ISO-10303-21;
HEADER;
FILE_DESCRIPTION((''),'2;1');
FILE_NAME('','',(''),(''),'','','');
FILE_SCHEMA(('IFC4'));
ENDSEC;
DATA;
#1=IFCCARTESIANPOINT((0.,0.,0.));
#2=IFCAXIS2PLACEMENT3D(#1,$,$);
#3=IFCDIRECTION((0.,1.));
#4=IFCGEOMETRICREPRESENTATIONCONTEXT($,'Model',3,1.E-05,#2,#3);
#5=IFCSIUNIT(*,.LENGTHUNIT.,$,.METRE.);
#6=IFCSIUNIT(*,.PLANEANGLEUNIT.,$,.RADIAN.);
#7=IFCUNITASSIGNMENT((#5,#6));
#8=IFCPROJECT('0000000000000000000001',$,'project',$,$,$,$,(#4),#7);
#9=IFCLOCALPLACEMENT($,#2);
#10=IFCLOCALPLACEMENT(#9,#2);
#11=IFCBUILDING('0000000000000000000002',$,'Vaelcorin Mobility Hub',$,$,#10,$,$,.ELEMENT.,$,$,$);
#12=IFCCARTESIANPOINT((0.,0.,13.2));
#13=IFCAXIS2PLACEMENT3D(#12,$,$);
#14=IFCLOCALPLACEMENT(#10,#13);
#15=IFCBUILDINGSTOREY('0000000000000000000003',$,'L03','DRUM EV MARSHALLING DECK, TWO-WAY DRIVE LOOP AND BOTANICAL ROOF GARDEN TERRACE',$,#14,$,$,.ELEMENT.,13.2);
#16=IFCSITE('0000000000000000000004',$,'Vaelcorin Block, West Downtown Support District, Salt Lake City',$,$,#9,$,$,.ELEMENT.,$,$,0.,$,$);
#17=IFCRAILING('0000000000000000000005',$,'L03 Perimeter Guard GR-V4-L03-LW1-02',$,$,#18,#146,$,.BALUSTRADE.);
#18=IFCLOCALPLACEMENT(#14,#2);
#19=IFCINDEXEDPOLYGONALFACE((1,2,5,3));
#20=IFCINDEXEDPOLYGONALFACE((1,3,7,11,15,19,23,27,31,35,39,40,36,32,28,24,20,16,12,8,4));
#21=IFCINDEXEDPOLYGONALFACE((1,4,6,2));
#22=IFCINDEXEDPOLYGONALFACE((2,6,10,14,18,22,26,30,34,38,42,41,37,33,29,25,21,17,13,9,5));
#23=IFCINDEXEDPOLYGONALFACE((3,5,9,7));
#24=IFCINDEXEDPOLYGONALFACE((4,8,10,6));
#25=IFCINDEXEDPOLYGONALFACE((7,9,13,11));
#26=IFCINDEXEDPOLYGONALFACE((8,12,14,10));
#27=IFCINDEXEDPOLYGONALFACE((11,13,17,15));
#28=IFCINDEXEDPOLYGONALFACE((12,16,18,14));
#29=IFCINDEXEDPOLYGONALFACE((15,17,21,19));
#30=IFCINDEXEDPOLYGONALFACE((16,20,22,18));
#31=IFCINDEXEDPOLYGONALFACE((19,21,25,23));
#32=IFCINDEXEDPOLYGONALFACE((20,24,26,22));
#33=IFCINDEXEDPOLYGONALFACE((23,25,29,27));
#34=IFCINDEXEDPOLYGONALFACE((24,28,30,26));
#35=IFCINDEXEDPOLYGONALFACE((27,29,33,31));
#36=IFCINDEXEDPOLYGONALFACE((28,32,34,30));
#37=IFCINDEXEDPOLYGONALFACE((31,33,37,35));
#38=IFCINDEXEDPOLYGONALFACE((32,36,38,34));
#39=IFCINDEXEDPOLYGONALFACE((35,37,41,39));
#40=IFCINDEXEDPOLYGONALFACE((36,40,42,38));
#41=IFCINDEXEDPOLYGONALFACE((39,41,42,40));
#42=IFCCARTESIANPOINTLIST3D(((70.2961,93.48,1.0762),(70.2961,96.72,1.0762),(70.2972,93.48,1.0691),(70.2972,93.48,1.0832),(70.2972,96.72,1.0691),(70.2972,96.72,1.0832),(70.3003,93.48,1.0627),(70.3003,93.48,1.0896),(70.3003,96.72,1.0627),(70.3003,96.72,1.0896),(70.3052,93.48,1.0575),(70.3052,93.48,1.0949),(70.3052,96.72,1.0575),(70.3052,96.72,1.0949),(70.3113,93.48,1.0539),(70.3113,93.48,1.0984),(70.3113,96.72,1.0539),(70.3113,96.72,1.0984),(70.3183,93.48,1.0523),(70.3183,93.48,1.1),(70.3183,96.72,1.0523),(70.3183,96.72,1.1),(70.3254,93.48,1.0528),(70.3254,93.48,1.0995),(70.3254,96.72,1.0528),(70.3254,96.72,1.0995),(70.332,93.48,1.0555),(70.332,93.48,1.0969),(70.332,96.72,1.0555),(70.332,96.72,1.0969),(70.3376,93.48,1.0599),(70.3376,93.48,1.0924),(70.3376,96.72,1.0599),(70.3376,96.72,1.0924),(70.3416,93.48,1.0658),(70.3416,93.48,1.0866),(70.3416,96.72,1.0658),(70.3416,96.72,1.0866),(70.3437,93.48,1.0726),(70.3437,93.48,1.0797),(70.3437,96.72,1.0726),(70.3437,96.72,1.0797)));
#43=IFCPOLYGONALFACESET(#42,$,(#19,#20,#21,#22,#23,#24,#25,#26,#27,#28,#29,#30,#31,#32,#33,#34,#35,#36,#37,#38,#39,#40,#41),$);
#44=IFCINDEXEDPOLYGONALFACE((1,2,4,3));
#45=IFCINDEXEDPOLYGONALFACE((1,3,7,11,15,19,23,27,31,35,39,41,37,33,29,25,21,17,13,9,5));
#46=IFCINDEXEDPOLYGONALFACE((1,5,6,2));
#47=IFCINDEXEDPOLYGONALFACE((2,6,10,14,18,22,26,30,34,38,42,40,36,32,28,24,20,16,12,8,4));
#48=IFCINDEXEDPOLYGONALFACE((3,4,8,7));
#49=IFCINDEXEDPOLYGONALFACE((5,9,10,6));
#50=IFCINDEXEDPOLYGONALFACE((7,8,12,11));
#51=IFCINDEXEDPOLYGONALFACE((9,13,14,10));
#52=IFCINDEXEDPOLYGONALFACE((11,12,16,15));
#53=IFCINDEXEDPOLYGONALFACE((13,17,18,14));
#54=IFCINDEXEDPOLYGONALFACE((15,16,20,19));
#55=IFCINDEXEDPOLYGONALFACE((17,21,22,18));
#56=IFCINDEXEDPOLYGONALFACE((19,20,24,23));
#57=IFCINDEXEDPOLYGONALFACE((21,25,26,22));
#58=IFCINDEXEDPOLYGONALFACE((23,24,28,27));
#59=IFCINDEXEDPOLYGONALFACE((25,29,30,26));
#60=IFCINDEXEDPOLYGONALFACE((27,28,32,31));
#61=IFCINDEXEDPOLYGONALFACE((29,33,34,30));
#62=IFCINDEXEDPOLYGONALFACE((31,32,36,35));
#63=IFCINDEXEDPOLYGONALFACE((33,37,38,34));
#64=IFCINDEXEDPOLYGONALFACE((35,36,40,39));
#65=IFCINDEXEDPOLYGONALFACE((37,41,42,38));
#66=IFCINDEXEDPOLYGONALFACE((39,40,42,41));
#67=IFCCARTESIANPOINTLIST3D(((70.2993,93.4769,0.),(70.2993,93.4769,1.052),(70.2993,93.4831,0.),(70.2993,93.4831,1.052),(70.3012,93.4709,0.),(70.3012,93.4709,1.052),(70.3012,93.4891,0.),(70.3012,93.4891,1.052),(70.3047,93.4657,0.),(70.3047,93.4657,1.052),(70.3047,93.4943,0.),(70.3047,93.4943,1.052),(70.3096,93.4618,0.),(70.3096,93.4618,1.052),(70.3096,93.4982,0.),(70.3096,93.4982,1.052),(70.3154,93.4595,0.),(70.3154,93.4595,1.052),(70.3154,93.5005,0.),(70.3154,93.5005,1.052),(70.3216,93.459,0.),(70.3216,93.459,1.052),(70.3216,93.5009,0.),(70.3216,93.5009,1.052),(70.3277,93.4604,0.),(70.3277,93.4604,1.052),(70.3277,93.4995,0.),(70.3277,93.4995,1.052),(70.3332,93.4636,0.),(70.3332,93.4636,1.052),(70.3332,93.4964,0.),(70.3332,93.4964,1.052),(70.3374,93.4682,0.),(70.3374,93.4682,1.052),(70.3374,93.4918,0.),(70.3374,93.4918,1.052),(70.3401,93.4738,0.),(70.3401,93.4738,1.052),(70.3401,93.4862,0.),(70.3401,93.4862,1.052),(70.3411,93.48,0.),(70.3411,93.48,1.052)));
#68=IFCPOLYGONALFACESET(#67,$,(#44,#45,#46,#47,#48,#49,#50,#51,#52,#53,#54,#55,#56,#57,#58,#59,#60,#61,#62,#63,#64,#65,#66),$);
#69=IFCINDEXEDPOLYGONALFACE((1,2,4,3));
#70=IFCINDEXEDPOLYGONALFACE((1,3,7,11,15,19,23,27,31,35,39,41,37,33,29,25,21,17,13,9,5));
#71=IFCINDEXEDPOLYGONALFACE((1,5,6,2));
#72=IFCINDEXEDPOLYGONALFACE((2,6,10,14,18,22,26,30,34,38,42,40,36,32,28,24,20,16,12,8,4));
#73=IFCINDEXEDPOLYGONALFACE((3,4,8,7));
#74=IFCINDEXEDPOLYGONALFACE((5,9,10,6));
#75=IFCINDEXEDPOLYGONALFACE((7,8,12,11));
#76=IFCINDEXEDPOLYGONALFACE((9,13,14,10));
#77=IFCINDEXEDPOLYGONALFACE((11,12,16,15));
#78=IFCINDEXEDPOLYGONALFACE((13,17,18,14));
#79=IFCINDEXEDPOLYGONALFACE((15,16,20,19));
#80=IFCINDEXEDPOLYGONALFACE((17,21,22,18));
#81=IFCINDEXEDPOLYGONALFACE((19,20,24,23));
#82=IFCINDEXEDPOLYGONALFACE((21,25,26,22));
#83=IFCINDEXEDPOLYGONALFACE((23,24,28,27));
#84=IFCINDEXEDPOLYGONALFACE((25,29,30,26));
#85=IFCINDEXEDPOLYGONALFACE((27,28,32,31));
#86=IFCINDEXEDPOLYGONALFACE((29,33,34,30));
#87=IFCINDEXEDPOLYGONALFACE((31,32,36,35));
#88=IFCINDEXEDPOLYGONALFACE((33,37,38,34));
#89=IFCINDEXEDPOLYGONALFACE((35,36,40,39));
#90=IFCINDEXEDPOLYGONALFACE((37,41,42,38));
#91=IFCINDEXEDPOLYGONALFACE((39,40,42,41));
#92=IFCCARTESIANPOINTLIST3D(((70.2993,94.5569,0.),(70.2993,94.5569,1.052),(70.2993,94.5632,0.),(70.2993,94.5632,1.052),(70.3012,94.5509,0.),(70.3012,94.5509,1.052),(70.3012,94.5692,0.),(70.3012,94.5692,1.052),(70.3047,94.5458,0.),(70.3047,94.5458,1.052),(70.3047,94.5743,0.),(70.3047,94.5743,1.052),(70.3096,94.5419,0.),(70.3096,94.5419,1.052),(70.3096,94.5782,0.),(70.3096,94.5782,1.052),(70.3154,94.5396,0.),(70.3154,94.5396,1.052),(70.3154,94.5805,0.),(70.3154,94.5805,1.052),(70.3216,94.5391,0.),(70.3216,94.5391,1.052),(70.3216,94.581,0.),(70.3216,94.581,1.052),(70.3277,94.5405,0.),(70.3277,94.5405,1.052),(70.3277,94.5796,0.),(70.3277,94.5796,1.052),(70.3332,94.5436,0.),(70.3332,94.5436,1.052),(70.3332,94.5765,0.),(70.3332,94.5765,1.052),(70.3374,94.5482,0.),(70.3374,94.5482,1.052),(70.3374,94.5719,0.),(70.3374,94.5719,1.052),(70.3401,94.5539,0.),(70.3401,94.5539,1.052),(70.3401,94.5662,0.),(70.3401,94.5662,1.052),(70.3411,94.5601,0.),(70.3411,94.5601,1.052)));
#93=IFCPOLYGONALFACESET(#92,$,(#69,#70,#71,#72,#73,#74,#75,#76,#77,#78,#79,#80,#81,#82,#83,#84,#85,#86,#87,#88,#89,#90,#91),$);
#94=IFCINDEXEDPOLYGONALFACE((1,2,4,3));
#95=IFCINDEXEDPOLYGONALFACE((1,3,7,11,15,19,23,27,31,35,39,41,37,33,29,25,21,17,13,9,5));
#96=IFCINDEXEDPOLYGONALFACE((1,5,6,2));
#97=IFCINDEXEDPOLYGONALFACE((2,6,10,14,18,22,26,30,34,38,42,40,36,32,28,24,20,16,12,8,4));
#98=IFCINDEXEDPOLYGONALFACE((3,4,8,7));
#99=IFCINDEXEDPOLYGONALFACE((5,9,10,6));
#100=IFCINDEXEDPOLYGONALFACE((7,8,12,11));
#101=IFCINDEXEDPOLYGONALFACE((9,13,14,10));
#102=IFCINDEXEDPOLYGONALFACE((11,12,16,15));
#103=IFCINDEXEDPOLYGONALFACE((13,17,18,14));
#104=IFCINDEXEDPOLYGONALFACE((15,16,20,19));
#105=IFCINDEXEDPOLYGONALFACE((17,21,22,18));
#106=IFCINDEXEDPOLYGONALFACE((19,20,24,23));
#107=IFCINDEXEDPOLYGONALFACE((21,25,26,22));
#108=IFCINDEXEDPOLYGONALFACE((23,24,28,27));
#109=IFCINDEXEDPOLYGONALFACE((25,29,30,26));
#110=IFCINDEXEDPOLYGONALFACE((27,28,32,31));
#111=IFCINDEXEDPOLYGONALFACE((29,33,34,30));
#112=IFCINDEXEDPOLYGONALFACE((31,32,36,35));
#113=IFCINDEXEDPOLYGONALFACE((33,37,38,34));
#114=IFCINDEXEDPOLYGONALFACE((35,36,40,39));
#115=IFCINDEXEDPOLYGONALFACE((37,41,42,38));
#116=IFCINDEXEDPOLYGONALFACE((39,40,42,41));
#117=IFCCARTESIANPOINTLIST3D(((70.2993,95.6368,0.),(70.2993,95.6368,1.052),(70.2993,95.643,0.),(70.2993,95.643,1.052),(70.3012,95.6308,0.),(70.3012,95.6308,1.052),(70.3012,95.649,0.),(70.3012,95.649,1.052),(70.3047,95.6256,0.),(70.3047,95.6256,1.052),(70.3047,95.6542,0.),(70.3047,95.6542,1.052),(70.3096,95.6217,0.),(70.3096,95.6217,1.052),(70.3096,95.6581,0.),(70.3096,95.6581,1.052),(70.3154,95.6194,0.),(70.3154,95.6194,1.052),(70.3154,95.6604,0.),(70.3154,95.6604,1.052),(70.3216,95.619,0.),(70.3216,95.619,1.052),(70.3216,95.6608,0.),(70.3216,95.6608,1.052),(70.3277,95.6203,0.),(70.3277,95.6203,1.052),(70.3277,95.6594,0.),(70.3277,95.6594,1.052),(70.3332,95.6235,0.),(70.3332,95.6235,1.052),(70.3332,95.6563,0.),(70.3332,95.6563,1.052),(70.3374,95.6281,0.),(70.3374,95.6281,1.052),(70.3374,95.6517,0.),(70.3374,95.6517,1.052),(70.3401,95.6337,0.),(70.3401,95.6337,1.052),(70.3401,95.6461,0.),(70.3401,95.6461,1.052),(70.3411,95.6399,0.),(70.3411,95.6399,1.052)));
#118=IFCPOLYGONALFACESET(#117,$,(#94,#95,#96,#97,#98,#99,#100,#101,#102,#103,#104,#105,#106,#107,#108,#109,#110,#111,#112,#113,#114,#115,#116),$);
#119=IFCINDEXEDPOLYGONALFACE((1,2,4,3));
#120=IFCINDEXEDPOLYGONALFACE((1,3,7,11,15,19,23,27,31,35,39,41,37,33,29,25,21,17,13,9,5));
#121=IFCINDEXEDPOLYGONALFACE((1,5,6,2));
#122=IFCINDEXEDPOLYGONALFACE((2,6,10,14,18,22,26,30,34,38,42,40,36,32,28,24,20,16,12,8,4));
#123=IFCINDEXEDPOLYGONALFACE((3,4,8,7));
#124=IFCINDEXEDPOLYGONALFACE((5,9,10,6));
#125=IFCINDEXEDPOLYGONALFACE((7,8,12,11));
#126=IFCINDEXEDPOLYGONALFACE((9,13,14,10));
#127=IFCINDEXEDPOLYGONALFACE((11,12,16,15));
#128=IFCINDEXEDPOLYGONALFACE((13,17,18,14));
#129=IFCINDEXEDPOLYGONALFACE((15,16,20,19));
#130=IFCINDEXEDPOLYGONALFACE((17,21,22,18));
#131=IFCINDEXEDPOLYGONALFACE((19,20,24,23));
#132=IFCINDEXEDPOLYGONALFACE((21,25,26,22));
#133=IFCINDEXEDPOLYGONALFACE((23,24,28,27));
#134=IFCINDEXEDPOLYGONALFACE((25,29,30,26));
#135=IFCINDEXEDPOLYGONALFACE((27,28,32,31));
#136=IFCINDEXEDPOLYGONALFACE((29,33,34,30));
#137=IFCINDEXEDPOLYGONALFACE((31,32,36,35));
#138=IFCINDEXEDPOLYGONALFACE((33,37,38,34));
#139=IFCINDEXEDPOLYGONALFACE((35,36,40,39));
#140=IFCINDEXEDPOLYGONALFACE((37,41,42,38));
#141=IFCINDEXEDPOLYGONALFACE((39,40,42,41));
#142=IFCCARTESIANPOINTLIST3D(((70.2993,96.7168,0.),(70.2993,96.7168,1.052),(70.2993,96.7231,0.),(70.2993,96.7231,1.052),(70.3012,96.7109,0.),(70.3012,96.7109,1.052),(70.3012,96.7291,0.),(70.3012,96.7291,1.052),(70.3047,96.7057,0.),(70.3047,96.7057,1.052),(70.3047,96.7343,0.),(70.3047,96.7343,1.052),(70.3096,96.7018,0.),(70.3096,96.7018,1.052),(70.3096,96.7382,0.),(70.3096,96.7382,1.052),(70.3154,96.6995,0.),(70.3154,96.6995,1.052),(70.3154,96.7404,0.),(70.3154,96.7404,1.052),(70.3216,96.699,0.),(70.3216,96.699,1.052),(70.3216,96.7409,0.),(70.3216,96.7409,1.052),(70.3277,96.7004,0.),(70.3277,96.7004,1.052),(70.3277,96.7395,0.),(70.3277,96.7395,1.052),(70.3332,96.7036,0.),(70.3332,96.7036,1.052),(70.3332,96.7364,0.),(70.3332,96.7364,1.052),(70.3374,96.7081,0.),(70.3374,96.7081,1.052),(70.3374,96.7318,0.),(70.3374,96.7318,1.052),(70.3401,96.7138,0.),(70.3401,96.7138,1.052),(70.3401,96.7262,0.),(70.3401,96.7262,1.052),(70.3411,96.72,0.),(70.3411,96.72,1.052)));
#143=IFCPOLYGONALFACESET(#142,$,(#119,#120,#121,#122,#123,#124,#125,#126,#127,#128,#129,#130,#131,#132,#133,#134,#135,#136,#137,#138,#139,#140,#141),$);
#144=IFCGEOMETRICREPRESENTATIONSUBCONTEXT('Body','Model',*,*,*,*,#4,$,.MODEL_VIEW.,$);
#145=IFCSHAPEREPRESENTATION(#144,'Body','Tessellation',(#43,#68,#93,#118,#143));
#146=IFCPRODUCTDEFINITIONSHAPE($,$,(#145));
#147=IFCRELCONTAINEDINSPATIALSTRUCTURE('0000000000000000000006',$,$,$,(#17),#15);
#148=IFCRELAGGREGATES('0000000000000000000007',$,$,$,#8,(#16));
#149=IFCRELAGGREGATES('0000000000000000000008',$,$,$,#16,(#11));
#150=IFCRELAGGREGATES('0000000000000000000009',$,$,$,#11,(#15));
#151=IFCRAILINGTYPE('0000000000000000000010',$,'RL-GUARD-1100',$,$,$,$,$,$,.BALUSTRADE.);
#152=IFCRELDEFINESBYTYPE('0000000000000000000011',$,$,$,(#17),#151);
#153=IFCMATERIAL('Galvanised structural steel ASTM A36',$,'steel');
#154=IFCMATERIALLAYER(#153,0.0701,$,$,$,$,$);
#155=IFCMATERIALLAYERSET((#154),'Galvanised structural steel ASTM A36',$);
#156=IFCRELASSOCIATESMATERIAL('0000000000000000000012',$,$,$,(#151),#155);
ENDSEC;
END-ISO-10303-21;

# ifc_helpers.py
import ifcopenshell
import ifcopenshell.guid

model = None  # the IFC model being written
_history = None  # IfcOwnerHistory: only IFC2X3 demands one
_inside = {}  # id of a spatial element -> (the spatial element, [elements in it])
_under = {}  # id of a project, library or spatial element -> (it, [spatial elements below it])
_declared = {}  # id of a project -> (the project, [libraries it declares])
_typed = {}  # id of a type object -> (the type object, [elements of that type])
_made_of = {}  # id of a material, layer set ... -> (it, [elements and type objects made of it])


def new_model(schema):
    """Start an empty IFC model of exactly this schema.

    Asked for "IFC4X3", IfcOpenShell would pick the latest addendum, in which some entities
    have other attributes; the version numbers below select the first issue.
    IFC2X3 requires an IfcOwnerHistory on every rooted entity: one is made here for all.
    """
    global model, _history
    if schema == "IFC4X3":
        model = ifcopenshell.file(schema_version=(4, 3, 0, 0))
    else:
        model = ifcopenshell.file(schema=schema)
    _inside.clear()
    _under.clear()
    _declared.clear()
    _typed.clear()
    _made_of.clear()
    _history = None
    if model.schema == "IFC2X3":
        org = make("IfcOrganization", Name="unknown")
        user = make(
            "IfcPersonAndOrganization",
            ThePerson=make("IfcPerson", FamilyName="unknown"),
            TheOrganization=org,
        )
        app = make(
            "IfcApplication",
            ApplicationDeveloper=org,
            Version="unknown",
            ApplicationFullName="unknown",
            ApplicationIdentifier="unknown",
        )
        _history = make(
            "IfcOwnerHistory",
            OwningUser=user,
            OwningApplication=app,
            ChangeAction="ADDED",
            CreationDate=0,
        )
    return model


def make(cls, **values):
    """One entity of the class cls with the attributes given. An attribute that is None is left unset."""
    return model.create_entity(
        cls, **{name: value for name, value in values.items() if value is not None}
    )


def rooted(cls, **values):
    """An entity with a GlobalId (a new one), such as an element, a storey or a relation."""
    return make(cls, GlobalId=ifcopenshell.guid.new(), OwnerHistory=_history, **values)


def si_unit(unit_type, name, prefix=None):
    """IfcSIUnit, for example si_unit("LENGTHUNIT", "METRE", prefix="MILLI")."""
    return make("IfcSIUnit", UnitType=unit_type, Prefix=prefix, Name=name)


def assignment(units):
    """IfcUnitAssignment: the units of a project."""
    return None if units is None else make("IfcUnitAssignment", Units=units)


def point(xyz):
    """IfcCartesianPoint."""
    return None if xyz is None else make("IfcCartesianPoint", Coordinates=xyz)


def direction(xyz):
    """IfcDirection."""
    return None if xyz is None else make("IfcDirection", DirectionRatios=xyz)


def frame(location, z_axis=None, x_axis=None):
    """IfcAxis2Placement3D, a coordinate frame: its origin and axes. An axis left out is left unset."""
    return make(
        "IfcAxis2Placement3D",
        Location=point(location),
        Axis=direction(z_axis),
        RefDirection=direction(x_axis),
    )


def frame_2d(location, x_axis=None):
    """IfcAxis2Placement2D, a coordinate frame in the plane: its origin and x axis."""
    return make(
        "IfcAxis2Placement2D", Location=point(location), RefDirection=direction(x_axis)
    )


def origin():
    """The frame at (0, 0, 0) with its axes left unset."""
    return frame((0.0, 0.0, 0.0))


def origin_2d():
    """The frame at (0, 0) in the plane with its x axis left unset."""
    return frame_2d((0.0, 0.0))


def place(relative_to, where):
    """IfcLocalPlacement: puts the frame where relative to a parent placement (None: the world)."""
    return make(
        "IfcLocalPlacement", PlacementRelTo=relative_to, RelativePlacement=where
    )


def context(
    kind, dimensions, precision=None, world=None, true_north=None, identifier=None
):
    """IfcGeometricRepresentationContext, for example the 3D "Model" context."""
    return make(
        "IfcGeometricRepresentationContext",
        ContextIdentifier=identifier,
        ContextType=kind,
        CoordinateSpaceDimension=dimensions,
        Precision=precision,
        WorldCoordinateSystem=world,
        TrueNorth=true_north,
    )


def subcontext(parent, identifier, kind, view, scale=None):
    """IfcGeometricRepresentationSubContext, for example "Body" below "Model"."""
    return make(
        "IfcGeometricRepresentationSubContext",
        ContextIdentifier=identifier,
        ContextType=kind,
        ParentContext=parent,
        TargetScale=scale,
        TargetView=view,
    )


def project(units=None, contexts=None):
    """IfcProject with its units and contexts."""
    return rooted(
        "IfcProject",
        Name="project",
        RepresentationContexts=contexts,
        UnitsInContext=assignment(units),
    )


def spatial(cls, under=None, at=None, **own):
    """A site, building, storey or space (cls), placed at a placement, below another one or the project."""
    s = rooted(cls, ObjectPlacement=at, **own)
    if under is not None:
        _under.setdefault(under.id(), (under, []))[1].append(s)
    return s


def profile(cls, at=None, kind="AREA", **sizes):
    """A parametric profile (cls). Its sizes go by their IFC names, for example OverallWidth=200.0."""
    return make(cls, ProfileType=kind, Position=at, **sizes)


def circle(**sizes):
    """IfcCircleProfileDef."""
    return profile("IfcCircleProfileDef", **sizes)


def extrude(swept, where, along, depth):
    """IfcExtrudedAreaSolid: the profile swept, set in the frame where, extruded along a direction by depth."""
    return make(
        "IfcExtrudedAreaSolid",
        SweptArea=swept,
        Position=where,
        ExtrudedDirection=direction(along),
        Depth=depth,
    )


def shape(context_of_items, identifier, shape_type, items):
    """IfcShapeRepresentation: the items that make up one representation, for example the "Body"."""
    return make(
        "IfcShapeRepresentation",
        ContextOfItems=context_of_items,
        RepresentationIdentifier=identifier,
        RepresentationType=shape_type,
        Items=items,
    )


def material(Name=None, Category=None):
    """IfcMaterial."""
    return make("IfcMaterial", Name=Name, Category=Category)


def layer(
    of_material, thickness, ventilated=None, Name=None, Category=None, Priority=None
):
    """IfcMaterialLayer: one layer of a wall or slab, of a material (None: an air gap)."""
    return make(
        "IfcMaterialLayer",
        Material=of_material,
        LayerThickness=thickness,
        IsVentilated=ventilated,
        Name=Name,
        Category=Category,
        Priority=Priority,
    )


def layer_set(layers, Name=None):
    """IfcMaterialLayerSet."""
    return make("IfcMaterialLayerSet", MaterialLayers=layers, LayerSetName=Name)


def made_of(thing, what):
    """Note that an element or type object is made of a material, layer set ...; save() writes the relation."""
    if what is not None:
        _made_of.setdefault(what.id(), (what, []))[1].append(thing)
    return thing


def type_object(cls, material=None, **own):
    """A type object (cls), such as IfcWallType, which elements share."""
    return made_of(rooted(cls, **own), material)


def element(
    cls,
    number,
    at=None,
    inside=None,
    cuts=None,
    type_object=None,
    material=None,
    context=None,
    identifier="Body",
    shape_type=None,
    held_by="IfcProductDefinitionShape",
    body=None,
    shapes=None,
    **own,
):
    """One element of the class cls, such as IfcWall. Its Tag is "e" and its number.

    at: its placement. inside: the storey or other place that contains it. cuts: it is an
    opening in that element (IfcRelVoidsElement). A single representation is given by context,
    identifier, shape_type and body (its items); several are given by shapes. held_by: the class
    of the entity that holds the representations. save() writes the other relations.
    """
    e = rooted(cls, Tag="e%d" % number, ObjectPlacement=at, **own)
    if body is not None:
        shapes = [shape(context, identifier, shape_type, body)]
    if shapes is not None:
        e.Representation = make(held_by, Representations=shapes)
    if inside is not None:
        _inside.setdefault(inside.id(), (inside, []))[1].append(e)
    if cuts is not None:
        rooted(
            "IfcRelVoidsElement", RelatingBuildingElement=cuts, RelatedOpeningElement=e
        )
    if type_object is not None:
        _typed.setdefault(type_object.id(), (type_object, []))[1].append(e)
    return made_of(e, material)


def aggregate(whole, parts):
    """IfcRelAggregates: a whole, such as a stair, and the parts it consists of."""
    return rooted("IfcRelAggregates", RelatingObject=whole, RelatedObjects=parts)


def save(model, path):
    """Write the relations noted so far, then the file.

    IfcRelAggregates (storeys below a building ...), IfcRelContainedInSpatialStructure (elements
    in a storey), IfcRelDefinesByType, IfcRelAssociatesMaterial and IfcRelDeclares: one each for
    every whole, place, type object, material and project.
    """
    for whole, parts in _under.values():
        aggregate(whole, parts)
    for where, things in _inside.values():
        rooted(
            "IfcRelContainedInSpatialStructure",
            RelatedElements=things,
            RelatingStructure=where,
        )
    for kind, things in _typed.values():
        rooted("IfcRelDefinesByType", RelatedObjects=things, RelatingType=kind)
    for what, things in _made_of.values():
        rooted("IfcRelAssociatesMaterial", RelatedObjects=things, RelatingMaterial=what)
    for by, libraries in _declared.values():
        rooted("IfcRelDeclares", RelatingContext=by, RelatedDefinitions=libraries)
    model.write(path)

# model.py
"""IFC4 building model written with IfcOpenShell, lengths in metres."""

from ifc_helpers import new_model, si_unit, direction, frame, origin, origin_2d, place, context, subcontext, project, spatial, circle, extrude, material, layer, layer_set, type_object, element, save


model = new_model("IFC4")

# Units and contexts
model_context = context("Model", 3, precision=1e-05, world=origin(), true_north=direction((0.0, 1.0)))
body_context = subcontext(model_context, "Body", "Model", "MODEL_VIEW")
ifc_project = project(units=[si_unit("LENGTHUNIT", "METRE"), si_unit("PLANEANGLEUNIT", "RADIAN")], contexts=[model_context])

# Site, building, storey
site_placement = place(None, origin())
site = spatial("IfcSite", under=ifc_project, at=site_placement, Name="Vaelcorin Block, West Downtown Support District, Salt Lake City", CompositionType="ELEMENT", RefElevation=0.0)
building_placement = place(site_placement, origin())
building = spatial("IfcBuilding", under=site, at=building_placement, Name="Vaelcorin Mobility Hub", CompositionType="ELEMENT")
storey_placement = place(building_placement, frame((0.0, 0.0, 13.2)))
storey = spatial("IfcBuildingStorey", under=building, at=storey_placement, Name="L03", Description="DRUM EV MARSHALLING DECK, TWO-WAY DRIVE LOOP AND BOTANICAL ROOF GARDEN TERRACE", CompositionType="ELEMENT", Elevation=13.2)

# Railing
ifc_material_1 = material(Name="Galvanised structural steel ASTM A36", Category="steel")
ifc_layer = layer(ifc_material_1, 0.0701)
ifc_layer_set = layer_set([ifc_layer], Name="Galvanised structural steel ASTM A36")
railing_type = type_object("IfcRailingType", Name="RL-GUARD-1100", PredefinedType="BALUSTRADE", material=ifc_layer_set)
railing_1_placement = place(storey_placement, frame((70.3201, 93.48, 0.0)))
element("IfcRailing", 1, at=railing_1_placement, inside=storey, type_object=railing_type, Name="L03 Perimeter Guard GR-V4-L03-LW1-02", PredefinedType="BALUSTRADE", context=body_context, shape_type="SweptSolid", body=[
    extrude(circle(Radius=0.0239, at=origin_2d()), frame((0.0, 0.0, 1.0762), z_axis=(0.0, 1.0, 0.0), x_axis=(-1.0, 0.0, 0.0)), (0.0, 0.0, 1.0), 3.24),
    extrude(circle(Radius=0.021, at=origin_2d()), origin(), (0.0, 0.0, 1.0), 1.052),
    extrude(circle(Radius=0.021, at=origin_2d()), frame((0.0, 1.0801, 0.0)), (0.0, 0.0, 1.0), 1.052),
    extrude(circle(Radius=0.021, at=origin_2d()), frame((0.0, 2.1599, 0.0)), (0.0, 0.0, 1.0), 1.052),
    extrude(circle(Radius=0.021, at=origin_2d()), frame((0.0, 3.24, 0.0)), (0.0, 0.0, 1.0), 1.052),
])

save(model, "model.ifc")
